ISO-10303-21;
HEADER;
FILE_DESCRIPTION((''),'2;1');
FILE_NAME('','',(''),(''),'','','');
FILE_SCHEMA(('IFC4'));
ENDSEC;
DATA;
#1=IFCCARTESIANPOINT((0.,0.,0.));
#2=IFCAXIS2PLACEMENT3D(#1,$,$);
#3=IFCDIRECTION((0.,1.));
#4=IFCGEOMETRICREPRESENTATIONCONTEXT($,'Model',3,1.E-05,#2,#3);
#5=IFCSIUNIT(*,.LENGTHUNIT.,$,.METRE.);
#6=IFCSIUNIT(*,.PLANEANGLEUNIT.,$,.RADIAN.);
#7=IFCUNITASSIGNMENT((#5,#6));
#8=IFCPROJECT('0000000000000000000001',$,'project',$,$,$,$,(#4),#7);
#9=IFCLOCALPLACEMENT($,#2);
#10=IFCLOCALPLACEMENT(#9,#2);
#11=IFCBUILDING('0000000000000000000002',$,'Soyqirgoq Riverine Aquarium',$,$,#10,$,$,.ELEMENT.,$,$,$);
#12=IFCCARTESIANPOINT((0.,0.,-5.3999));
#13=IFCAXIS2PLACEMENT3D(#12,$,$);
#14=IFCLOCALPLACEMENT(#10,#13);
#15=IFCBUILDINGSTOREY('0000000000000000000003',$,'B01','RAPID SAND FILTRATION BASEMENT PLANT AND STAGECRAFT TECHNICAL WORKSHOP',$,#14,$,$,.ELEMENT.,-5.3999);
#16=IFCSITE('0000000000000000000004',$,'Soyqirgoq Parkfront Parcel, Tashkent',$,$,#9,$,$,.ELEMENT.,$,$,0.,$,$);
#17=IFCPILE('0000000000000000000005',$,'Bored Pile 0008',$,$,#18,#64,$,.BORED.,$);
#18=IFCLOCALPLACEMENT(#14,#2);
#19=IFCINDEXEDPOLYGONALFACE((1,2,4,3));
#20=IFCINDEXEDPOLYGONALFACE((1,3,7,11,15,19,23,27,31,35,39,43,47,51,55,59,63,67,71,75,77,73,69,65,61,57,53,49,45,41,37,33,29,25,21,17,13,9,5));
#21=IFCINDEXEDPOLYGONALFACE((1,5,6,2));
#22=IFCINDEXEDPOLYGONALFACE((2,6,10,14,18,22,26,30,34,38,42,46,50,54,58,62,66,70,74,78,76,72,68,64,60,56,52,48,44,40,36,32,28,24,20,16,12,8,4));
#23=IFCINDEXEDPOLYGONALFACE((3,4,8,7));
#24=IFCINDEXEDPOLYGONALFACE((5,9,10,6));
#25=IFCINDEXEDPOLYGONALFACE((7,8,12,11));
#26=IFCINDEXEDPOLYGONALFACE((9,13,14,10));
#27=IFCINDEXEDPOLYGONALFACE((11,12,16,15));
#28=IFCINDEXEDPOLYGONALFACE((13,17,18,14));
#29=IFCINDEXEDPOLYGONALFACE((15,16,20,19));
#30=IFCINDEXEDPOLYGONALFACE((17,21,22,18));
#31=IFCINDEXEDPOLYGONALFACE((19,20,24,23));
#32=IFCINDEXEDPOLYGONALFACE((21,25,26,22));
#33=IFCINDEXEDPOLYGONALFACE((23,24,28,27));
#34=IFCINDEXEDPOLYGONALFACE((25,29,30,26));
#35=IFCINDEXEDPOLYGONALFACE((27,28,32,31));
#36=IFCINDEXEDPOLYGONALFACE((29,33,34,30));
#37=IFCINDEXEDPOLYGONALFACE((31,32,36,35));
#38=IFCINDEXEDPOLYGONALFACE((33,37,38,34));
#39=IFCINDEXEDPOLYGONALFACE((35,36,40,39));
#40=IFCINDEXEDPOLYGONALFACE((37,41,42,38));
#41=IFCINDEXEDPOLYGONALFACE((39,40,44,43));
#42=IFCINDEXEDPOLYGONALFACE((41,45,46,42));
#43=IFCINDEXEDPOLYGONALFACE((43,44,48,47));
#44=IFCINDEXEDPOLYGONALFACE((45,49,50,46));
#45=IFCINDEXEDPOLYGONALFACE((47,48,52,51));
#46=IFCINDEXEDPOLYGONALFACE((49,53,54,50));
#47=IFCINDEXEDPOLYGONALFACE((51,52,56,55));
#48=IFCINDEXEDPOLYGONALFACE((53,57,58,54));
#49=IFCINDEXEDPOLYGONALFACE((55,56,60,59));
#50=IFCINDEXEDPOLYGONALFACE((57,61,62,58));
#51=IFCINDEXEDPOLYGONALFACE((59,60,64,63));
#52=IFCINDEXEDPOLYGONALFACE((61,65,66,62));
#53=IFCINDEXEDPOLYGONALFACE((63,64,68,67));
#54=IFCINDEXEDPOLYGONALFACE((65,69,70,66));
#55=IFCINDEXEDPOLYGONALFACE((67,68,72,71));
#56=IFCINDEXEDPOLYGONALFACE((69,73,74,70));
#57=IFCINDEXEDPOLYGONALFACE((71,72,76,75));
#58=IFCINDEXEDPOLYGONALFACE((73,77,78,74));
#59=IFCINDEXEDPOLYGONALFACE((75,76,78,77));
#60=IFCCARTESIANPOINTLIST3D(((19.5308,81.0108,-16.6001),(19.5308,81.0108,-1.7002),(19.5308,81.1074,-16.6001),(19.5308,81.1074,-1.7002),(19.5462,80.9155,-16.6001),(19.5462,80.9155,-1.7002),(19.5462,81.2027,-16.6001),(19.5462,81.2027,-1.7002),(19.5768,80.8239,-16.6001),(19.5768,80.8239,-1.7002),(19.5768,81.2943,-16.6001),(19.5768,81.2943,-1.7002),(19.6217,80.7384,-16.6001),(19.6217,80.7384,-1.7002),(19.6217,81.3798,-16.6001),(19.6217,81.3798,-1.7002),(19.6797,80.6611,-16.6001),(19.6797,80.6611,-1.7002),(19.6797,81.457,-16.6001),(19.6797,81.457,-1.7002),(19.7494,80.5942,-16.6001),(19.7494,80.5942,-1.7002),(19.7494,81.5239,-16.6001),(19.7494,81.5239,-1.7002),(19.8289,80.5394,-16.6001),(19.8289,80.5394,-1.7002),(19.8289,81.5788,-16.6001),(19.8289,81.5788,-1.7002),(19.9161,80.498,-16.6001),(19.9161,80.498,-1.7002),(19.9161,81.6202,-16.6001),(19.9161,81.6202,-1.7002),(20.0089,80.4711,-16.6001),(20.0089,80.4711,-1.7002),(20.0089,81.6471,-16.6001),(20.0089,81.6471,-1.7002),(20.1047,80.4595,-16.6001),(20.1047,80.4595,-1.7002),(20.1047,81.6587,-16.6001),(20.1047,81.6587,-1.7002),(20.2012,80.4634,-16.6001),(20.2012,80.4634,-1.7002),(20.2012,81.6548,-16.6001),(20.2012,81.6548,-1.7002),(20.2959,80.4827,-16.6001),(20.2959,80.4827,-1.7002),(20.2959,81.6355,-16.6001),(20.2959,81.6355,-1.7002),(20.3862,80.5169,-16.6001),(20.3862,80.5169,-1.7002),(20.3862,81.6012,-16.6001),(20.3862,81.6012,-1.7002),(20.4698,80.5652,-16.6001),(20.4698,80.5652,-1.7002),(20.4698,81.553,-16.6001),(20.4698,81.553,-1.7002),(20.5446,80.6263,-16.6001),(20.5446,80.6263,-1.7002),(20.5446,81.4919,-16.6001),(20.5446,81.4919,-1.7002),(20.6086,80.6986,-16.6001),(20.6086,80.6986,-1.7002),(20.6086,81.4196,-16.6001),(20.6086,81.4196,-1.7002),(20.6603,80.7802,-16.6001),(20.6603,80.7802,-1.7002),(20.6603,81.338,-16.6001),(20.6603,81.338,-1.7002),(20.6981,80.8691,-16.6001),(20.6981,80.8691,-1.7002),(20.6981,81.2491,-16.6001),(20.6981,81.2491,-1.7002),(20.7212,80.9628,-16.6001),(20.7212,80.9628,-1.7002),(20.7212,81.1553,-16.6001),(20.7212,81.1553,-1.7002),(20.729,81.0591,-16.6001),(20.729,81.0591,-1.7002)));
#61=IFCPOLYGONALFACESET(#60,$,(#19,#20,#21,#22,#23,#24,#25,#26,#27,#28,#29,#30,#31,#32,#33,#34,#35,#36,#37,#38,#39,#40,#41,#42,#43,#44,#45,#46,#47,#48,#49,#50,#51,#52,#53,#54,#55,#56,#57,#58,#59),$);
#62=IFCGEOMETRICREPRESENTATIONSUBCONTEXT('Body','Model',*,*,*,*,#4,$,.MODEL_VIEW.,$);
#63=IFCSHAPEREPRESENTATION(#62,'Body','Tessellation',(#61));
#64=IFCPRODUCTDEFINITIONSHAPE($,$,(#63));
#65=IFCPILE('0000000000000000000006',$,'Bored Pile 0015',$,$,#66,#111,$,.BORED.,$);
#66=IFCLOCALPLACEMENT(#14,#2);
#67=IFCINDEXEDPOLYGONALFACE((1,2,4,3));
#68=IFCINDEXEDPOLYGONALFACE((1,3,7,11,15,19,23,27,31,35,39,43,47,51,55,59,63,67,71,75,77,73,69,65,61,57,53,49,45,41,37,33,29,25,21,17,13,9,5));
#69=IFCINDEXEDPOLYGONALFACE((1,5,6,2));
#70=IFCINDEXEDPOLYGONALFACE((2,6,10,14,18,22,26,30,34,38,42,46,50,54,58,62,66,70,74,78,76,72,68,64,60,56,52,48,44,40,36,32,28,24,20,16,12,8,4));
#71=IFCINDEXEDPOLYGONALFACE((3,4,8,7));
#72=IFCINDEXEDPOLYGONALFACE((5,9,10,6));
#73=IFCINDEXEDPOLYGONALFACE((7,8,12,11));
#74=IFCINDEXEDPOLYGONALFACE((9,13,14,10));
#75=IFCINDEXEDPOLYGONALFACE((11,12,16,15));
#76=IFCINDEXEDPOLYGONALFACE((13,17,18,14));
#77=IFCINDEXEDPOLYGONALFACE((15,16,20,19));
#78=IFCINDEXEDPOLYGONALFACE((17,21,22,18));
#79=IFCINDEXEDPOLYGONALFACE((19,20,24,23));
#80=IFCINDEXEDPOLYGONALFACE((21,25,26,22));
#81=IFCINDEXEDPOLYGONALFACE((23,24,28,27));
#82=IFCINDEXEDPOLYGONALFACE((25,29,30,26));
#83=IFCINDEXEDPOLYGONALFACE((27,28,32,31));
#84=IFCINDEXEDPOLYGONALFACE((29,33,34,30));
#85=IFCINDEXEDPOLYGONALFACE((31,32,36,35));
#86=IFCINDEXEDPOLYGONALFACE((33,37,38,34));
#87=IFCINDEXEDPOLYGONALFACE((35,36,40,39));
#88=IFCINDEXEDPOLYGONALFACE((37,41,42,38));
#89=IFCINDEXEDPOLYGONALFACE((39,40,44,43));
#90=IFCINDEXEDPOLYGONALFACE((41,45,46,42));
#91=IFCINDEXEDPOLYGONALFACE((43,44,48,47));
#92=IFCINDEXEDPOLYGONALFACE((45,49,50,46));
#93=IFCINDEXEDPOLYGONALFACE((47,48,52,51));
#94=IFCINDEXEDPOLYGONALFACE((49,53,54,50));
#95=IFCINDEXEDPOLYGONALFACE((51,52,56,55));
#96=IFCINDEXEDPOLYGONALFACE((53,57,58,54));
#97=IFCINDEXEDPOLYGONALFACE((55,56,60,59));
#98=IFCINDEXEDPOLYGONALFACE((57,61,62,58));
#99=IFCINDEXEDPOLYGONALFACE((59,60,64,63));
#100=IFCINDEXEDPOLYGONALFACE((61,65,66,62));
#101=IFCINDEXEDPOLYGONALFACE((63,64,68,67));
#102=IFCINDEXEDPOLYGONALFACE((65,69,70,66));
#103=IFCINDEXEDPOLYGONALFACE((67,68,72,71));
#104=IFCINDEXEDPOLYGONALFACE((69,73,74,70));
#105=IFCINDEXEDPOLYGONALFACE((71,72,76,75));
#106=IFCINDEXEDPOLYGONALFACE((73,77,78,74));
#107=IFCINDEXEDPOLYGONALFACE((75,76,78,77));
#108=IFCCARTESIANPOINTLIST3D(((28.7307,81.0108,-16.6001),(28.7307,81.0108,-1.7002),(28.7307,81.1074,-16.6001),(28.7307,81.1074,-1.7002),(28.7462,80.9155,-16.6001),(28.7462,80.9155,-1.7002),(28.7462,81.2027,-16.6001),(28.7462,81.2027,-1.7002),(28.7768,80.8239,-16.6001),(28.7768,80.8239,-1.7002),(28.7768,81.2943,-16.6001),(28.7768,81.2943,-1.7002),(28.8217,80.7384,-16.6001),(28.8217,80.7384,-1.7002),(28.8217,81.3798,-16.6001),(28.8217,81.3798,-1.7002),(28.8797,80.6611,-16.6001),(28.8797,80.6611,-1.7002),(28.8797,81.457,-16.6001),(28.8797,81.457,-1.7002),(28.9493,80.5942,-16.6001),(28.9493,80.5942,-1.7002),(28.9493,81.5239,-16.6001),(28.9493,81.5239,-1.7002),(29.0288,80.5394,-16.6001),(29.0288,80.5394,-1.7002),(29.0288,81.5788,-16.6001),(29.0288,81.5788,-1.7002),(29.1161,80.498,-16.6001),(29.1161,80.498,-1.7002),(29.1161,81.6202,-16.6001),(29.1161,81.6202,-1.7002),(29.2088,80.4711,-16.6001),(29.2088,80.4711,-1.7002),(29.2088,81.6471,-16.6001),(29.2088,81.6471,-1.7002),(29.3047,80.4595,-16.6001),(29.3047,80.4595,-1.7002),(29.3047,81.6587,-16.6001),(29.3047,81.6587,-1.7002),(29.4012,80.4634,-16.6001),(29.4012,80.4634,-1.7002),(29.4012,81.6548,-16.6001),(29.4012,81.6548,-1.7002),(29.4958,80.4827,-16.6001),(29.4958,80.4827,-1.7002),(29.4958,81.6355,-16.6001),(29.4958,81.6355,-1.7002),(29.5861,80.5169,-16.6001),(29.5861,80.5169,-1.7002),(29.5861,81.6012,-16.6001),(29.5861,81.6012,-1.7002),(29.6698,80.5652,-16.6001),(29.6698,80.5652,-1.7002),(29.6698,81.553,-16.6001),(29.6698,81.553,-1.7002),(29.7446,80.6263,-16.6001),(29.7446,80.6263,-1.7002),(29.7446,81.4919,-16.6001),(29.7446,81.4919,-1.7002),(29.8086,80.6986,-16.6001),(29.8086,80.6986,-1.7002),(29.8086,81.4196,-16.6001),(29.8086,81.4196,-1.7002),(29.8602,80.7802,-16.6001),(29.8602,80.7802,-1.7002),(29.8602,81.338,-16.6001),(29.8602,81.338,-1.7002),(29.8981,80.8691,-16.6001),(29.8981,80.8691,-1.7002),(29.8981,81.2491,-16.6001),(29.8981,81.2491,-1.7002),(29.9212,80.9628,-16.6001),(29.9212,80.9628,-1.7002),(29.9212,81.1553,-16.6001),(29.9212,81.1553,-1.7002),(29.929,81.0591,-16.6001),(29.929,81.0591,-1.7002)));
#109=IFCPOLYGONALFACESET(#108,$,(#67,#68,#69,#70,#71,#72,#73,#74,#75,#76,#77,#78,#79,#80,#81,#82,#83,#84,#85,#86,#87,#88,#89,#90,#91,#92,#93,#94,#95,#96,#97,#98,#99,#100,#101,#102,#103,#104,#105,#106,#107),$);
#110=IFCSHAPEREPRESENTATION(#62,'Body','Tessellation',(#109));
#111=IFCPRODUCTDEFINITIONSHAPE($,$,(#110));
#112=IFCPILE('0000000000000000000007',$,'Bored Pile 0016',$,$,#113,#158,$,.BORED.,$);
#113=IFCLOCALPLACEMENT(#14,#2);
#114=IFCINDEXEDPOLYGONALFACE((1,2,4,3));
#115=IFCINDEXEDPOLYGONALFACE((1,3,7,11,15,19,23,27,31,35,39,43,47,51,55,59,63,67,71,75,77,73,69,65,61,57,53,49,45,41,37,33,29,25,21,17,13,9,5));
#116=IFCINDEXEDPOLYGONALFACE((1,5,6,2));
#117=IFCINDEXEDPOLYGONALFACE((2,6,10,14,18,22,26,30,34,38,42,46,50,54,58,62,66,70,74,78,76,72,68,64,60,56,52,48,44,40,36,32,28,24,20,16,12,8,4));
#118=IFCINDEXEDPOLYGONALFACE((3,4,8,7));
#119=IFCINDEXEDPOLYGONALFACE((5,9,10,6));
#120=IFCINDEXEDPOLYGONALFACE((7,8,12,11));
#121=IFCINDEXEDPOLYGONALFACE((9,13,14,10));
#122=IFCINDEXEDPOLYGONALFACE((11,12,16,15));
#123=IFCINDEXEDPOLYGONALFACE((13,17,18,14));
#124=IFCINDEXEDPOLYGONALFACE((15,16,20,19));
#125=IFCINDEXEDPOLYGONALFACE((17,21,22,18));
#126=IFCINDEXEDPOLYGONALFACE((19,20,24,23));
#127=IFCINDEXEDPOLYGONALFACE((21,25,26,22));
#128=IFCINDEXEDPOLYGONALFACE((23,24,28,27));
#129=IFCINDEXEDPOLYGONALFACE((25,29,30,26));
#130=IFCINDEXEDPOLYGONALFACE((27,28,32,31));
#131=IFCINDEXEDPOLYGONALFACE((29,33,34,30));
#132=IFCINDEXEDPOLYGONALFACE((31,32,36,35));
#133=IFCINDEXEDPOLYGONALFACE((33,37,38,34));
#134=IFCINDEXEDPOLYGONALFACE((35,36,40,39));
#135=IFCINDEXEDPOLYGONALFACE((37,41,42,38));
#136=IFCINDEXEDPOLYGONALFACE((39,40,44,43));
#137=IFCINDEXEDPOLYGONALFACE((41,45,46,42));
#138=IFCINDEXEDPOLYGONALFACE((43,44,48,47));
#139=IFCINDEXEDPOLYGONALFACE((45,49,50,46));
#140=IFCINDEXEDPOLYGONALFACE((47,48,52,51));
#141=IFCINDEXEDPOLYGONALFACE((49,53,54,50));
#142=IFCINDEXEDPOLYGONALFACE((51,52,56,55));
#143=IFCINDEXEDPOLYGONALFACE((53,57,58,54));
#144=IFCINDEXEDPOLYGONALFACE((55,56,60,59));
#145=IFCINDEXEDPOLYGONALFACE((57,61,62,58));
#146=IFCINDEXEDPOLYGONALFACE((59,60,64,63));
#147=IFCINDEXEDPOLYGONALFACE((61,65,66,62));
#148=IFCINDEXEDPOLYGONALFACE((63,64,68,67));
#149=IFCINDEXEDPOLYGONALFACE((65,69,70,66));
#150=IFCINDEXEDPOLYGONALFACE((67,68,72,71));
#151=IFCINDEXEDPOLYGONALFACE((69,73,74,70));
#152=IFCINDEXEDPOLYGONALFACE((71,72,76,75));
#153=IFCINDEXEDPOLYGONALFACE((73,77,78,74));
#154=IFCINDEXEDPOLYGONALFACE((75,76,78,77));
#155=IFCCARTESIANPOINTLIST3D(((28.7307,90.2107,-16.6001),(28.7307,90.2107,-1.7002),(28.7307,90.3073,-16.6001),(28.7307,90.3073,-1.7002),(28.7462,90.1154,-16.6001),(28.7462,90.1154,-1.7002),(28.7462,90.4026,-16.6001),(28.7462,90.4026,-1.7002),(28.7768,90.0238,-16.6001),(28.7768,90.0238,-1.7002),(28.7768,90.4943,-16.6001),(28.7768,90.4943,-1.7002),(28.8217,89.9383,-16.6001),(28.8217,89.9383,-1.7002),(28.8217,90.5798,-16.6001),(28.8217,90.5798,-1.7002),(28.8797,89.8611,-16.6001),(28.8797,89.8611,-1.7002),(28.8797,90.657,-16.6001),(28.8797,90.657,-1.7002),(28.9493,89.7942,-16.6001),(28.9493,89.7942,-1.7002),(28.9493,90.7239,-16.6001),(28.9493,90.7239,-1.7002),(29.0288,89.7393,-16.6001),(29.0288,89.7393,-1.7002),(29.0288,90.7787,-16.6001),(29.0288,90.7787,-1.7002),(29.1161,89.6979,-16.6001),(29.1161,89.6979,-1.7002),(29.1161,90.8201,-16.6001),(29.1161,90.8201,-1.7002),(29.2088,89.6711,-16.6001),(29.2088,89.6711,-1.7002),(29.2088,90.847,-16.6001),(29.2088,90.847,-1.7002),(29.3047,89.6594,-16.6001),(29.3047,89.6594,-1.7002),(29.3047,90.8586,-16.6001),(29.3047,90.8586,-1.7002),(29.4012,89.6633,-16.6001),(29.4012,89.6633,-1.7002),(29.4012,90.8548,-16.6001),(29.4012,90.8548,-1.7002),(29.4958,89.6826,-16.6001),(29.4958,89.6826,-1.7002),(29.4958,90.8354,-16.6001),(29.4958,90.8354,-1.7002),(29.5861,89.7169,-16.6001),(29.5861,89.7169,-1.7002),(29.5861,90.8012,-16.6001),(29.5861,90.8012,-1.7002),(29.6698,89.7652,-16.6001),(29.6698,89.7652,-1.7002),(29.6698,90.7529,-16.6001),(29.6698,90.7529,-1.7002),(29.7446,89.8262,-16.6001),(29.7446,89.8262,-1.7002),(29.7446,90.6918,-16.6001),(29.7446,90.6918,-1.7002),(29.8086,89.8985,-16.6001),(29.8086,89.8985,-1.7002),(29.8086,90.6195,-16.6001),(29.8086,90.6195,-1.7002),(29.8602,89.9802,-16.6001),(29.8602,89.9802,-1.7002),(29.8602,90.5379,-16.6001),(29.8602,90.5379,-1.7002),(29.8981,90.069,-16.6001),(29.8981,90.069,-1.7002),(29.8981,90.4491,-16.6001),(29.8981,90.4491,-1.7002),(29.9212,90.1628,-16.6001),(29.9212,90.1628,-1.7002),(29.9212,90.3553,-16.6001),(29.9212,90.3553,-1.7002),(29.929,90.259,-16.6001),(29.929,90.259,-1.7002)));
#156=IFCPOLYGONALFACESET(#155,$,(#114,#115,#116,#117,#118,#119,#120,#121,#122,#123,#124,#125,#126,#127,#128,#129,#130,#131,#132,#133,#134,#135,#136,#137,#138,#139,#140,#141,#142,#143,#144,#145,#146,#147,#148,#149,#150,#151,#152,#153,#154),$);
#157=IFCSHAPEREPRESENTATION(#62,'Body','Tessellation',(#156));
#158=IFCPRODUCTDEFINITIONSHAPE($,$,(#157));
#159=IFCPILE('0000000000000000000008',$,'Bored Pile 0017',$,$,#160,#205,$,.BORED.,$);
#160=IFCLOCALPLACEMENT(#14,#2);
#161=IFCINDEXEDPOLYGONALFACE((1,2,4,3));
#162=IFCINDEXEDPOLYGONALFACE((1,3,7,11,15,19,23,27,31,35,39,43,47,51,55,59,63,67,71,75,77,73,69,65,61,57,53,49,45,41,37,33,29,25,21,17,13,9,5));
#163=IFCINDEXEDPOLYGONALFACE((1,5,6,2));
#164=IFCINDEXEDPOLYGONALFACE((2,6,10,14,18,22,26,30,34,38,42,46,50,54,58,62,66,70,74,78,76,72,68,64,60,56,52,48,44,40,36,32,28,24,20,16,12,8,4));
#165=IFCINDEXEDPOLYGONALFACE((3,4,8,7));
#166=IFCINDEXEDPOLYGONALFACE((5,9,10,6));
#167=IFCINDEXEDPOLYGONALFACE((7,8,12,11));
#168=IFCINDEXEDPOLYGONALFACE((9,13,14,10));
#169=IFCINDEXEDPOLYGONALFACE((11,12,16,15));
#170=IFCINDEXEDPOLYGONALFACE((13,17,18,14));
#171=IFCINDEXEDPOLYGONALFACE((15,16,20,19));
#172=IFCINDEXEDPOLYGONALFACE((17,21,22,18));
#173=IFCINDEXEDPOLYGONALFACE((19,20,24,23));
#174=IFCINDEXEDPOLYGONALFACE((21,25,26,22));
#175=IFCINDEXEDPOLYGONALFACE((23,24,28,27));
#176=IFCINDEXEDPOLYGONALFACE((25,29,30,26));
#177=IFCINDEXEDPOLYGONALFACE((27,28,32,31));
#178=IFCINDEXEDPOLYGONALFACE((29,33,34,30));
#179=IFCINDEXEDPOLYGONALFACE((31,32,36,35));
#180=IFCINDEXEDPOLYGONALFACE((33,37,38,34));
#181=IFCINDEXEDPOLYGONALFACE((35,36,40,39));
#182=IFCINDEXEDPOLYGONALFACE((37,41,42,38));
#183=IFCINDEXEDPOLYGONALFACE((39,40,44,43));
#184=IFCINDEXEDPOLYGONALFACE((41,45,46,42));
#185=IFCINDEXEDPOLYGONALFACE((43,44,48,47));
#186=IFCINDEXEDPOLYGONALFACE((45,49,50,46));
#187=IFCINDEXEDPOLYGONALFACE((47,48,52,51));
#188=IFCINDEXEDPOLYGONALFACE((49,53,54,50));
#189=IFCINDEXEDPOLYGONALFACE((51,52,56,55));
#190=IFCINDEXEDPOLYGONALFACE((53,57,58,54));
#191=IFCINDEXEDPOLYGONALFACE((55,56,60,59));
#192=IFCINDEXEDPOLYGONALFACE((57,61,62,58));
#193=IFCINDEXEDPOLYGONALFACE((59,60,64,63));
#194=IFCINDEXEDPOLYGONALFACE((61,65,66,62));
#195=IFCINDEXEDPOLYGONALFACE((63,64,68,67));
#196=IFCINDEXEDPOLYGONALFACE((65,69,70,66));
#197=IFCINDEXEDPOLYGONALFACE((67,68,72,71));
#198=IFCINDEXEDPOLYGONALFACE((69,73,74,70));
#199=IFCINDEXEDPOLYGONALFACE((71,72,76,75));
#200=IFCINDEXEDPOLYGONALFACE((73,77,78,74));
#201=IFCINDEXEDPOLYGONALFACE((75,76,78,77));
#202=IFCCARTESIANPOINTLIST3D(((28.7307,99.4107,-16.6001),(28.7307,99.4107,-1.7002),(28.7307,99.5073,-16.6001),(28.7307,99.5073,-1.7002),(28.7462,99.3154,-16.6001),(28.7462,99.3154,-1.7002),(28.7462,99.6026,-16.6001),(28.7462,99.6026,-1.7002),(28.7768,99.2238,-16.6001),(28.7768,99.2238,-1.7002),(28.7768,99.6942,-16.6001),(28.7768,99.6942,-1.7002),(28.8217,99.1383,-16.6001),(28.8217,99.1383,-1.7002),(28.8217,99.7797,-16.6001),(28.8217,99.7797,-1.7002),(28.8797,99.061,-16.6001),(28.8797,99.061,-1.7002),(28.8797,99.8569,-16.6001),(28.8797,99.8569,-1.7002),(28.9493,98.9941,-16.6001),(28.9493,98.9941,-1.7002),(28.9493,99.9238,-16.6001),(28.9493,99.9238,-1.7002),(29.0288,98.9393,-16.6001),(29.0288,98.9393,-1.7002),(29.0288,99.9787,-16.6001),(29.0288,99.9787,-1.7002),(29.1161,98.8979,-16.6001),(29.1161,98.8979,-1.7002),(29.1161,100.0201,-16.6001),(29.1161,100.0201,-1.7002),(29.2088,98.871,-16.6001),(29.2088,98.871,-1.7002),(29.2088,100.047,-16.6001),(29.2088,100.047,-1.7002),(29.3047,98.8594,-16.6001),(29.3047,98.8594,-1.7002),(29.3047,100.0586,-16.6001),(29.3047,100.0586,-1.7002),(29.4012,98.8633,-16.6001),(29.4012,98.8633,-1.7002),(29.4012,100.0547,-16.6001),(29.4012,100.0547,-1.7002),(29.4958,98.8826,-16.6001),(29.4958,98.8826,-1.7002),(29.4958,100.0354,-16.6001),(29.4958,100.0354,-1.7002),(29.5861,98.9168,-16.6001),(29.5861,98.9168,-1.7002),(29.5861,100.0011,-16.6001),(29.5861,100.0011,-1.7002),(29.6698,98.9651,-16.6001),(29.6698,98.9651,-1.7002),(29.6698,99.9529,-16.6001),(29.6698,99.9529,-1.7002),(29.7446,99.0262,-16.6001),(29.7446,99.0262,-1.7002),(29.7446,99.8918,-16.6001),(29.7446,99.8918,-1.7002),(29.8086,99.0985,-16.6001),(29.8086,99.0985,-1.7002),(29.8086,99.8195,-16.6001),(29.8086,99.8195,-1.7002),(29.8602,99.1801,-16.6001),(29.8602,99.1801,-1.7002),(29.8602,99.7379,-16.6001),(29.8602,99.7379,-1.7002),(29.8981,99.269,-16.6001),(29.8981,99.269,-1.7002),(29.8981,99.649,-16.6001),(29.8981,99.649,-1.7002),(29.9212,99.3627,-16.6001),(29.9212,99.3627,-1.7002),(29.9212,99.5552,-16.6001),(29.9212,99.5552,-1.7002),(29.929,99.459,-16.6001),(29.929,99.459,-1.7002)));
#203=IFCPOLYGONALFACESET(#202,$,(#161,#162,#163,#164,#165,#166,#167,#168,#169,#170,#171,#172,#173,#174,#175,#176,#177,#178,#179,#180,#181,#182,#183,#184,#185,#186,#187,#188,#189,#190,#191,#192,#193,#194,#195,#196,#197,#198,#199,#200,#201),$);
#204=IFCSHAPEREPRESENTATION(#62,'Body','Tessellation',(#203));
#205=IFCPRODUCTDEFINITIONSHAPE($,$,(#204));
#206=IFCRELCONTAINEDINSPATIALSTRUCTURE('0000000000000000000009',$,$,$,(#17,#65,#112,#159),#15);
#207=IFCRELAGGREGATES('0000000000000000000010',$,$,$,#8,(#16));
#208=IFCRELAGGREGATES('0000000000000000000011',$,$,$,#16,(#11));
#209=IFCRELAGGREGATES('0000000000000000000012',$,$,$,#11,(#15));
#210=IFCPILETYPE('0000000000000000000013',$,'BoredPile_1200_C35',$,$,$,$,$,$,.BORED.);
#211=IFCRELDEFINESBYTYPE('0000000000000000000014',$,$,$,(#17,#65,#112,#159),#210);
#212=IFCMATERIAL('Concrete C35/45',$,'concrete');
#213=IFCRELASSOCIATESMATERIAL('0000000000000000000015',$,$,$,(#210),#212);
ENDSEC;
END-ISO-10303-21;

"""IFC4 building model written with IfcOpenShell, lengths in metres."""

from ifc_helpers import new_model, si_unit, direction, frame, origin, origin_2d, place, context, subcontext, project, spatial, circle, extrude, material, material_profile, profile_set, type_object, element, save


model = new_model("IFC4")

# Units and contexts
model_context = context("Model", 3, precision=1e-05, world=origin(), true_north=direction((0.0, 1.0)))
body_context = subcontext(model_context, "Body", "Model", "MODEL_VIEW")
ifc_project = project(units=[si_unit("LENGTHUNIT", "METRE"), si_unit("PLANEANGLEUNIT", "RADIAN")], contexts=[model_context])

# Site, building, storey
site_placement = place(None, origin())
site = spatial("IfcSite", under=ifc_project, at=site_placement, Name="Soyqirgoq Parkfront Parcel, Tashkent", CompositionType="ELEMENT", RefElevation=0.0)
building_placement = place(site_placement, origin())
building = spatial("IfcBuilding", under=site, at=building_placement, Name="Soyqirgoq Riverine Aquarium", CompositionType="ELEMENT")
storey_placement = place(building_placement, frame((0.0, 0.0, -5.3999)))
storey = spatial("IfcBuildingStorey", under=building, at=storey_placement, Name="B01", Description="RAPID SAND FILTRATION BASEMENT PLANT AND STAGECRAFT TECHNICAL WORKSHOP", CompositionType="ELEMENT", Elevation=-5.3999)

# Piles
ifc_material_1 = material(Name="Concrete C35/45", Category="concrete")
ifc_material_profile_1 = material_profile(ifc_material_1, circle(Radius=0.6001, at=origin_2d()), Name="BP D1200")
ifc_profile_set_1 = profile_set([ifc_material_profile_1], Name="Concrete C35/45")
pile_type = type_object("IfcPileType", Name="BoredPile_1200_C35", PredefinedType="BORED", material=ifc_profile_set_1)
for number, where, z_axis, x_axis, name in (
    (1, (20.1289, 81.0591, -1.7002), (0.0, 0.0, -1.0), (1.0, 0.0, 0.0), "Bored Pile 0008"),
    (2, (29.3289, 81.0591, -1.7002), (0.0, 0.0, -1.0), (1.0, 0.0, 0.0), "Bored Pile 0015"),
    (3, (29.3289, 90.259, -1.7002), (0.0, 0.0, -1.0), (1.0, 0.0, 0.0), "Bored Pile 0016"),
    (4, (29.3289, 99.459, -1.7002), (0.0, 0.0, -1.0), (1.0, 0.0, 0.0), "Bored Pile 0017"),
):
    element("IfcPile", number, at=place(storey_placement, frame(where, z_axis=z_axis, x_axis=x_axis)), inside=storey, type_object=pile_type, Name=name, PredefinedType="BORED", context=body_context, shape_type="SweptSolid", body=[
        extrude(circle(Radius=0.6001, at=origin_2d()), origin(), (0.0, 0.0, 1.0), 14.8999),
    ])

save(model, "model.ifc")
